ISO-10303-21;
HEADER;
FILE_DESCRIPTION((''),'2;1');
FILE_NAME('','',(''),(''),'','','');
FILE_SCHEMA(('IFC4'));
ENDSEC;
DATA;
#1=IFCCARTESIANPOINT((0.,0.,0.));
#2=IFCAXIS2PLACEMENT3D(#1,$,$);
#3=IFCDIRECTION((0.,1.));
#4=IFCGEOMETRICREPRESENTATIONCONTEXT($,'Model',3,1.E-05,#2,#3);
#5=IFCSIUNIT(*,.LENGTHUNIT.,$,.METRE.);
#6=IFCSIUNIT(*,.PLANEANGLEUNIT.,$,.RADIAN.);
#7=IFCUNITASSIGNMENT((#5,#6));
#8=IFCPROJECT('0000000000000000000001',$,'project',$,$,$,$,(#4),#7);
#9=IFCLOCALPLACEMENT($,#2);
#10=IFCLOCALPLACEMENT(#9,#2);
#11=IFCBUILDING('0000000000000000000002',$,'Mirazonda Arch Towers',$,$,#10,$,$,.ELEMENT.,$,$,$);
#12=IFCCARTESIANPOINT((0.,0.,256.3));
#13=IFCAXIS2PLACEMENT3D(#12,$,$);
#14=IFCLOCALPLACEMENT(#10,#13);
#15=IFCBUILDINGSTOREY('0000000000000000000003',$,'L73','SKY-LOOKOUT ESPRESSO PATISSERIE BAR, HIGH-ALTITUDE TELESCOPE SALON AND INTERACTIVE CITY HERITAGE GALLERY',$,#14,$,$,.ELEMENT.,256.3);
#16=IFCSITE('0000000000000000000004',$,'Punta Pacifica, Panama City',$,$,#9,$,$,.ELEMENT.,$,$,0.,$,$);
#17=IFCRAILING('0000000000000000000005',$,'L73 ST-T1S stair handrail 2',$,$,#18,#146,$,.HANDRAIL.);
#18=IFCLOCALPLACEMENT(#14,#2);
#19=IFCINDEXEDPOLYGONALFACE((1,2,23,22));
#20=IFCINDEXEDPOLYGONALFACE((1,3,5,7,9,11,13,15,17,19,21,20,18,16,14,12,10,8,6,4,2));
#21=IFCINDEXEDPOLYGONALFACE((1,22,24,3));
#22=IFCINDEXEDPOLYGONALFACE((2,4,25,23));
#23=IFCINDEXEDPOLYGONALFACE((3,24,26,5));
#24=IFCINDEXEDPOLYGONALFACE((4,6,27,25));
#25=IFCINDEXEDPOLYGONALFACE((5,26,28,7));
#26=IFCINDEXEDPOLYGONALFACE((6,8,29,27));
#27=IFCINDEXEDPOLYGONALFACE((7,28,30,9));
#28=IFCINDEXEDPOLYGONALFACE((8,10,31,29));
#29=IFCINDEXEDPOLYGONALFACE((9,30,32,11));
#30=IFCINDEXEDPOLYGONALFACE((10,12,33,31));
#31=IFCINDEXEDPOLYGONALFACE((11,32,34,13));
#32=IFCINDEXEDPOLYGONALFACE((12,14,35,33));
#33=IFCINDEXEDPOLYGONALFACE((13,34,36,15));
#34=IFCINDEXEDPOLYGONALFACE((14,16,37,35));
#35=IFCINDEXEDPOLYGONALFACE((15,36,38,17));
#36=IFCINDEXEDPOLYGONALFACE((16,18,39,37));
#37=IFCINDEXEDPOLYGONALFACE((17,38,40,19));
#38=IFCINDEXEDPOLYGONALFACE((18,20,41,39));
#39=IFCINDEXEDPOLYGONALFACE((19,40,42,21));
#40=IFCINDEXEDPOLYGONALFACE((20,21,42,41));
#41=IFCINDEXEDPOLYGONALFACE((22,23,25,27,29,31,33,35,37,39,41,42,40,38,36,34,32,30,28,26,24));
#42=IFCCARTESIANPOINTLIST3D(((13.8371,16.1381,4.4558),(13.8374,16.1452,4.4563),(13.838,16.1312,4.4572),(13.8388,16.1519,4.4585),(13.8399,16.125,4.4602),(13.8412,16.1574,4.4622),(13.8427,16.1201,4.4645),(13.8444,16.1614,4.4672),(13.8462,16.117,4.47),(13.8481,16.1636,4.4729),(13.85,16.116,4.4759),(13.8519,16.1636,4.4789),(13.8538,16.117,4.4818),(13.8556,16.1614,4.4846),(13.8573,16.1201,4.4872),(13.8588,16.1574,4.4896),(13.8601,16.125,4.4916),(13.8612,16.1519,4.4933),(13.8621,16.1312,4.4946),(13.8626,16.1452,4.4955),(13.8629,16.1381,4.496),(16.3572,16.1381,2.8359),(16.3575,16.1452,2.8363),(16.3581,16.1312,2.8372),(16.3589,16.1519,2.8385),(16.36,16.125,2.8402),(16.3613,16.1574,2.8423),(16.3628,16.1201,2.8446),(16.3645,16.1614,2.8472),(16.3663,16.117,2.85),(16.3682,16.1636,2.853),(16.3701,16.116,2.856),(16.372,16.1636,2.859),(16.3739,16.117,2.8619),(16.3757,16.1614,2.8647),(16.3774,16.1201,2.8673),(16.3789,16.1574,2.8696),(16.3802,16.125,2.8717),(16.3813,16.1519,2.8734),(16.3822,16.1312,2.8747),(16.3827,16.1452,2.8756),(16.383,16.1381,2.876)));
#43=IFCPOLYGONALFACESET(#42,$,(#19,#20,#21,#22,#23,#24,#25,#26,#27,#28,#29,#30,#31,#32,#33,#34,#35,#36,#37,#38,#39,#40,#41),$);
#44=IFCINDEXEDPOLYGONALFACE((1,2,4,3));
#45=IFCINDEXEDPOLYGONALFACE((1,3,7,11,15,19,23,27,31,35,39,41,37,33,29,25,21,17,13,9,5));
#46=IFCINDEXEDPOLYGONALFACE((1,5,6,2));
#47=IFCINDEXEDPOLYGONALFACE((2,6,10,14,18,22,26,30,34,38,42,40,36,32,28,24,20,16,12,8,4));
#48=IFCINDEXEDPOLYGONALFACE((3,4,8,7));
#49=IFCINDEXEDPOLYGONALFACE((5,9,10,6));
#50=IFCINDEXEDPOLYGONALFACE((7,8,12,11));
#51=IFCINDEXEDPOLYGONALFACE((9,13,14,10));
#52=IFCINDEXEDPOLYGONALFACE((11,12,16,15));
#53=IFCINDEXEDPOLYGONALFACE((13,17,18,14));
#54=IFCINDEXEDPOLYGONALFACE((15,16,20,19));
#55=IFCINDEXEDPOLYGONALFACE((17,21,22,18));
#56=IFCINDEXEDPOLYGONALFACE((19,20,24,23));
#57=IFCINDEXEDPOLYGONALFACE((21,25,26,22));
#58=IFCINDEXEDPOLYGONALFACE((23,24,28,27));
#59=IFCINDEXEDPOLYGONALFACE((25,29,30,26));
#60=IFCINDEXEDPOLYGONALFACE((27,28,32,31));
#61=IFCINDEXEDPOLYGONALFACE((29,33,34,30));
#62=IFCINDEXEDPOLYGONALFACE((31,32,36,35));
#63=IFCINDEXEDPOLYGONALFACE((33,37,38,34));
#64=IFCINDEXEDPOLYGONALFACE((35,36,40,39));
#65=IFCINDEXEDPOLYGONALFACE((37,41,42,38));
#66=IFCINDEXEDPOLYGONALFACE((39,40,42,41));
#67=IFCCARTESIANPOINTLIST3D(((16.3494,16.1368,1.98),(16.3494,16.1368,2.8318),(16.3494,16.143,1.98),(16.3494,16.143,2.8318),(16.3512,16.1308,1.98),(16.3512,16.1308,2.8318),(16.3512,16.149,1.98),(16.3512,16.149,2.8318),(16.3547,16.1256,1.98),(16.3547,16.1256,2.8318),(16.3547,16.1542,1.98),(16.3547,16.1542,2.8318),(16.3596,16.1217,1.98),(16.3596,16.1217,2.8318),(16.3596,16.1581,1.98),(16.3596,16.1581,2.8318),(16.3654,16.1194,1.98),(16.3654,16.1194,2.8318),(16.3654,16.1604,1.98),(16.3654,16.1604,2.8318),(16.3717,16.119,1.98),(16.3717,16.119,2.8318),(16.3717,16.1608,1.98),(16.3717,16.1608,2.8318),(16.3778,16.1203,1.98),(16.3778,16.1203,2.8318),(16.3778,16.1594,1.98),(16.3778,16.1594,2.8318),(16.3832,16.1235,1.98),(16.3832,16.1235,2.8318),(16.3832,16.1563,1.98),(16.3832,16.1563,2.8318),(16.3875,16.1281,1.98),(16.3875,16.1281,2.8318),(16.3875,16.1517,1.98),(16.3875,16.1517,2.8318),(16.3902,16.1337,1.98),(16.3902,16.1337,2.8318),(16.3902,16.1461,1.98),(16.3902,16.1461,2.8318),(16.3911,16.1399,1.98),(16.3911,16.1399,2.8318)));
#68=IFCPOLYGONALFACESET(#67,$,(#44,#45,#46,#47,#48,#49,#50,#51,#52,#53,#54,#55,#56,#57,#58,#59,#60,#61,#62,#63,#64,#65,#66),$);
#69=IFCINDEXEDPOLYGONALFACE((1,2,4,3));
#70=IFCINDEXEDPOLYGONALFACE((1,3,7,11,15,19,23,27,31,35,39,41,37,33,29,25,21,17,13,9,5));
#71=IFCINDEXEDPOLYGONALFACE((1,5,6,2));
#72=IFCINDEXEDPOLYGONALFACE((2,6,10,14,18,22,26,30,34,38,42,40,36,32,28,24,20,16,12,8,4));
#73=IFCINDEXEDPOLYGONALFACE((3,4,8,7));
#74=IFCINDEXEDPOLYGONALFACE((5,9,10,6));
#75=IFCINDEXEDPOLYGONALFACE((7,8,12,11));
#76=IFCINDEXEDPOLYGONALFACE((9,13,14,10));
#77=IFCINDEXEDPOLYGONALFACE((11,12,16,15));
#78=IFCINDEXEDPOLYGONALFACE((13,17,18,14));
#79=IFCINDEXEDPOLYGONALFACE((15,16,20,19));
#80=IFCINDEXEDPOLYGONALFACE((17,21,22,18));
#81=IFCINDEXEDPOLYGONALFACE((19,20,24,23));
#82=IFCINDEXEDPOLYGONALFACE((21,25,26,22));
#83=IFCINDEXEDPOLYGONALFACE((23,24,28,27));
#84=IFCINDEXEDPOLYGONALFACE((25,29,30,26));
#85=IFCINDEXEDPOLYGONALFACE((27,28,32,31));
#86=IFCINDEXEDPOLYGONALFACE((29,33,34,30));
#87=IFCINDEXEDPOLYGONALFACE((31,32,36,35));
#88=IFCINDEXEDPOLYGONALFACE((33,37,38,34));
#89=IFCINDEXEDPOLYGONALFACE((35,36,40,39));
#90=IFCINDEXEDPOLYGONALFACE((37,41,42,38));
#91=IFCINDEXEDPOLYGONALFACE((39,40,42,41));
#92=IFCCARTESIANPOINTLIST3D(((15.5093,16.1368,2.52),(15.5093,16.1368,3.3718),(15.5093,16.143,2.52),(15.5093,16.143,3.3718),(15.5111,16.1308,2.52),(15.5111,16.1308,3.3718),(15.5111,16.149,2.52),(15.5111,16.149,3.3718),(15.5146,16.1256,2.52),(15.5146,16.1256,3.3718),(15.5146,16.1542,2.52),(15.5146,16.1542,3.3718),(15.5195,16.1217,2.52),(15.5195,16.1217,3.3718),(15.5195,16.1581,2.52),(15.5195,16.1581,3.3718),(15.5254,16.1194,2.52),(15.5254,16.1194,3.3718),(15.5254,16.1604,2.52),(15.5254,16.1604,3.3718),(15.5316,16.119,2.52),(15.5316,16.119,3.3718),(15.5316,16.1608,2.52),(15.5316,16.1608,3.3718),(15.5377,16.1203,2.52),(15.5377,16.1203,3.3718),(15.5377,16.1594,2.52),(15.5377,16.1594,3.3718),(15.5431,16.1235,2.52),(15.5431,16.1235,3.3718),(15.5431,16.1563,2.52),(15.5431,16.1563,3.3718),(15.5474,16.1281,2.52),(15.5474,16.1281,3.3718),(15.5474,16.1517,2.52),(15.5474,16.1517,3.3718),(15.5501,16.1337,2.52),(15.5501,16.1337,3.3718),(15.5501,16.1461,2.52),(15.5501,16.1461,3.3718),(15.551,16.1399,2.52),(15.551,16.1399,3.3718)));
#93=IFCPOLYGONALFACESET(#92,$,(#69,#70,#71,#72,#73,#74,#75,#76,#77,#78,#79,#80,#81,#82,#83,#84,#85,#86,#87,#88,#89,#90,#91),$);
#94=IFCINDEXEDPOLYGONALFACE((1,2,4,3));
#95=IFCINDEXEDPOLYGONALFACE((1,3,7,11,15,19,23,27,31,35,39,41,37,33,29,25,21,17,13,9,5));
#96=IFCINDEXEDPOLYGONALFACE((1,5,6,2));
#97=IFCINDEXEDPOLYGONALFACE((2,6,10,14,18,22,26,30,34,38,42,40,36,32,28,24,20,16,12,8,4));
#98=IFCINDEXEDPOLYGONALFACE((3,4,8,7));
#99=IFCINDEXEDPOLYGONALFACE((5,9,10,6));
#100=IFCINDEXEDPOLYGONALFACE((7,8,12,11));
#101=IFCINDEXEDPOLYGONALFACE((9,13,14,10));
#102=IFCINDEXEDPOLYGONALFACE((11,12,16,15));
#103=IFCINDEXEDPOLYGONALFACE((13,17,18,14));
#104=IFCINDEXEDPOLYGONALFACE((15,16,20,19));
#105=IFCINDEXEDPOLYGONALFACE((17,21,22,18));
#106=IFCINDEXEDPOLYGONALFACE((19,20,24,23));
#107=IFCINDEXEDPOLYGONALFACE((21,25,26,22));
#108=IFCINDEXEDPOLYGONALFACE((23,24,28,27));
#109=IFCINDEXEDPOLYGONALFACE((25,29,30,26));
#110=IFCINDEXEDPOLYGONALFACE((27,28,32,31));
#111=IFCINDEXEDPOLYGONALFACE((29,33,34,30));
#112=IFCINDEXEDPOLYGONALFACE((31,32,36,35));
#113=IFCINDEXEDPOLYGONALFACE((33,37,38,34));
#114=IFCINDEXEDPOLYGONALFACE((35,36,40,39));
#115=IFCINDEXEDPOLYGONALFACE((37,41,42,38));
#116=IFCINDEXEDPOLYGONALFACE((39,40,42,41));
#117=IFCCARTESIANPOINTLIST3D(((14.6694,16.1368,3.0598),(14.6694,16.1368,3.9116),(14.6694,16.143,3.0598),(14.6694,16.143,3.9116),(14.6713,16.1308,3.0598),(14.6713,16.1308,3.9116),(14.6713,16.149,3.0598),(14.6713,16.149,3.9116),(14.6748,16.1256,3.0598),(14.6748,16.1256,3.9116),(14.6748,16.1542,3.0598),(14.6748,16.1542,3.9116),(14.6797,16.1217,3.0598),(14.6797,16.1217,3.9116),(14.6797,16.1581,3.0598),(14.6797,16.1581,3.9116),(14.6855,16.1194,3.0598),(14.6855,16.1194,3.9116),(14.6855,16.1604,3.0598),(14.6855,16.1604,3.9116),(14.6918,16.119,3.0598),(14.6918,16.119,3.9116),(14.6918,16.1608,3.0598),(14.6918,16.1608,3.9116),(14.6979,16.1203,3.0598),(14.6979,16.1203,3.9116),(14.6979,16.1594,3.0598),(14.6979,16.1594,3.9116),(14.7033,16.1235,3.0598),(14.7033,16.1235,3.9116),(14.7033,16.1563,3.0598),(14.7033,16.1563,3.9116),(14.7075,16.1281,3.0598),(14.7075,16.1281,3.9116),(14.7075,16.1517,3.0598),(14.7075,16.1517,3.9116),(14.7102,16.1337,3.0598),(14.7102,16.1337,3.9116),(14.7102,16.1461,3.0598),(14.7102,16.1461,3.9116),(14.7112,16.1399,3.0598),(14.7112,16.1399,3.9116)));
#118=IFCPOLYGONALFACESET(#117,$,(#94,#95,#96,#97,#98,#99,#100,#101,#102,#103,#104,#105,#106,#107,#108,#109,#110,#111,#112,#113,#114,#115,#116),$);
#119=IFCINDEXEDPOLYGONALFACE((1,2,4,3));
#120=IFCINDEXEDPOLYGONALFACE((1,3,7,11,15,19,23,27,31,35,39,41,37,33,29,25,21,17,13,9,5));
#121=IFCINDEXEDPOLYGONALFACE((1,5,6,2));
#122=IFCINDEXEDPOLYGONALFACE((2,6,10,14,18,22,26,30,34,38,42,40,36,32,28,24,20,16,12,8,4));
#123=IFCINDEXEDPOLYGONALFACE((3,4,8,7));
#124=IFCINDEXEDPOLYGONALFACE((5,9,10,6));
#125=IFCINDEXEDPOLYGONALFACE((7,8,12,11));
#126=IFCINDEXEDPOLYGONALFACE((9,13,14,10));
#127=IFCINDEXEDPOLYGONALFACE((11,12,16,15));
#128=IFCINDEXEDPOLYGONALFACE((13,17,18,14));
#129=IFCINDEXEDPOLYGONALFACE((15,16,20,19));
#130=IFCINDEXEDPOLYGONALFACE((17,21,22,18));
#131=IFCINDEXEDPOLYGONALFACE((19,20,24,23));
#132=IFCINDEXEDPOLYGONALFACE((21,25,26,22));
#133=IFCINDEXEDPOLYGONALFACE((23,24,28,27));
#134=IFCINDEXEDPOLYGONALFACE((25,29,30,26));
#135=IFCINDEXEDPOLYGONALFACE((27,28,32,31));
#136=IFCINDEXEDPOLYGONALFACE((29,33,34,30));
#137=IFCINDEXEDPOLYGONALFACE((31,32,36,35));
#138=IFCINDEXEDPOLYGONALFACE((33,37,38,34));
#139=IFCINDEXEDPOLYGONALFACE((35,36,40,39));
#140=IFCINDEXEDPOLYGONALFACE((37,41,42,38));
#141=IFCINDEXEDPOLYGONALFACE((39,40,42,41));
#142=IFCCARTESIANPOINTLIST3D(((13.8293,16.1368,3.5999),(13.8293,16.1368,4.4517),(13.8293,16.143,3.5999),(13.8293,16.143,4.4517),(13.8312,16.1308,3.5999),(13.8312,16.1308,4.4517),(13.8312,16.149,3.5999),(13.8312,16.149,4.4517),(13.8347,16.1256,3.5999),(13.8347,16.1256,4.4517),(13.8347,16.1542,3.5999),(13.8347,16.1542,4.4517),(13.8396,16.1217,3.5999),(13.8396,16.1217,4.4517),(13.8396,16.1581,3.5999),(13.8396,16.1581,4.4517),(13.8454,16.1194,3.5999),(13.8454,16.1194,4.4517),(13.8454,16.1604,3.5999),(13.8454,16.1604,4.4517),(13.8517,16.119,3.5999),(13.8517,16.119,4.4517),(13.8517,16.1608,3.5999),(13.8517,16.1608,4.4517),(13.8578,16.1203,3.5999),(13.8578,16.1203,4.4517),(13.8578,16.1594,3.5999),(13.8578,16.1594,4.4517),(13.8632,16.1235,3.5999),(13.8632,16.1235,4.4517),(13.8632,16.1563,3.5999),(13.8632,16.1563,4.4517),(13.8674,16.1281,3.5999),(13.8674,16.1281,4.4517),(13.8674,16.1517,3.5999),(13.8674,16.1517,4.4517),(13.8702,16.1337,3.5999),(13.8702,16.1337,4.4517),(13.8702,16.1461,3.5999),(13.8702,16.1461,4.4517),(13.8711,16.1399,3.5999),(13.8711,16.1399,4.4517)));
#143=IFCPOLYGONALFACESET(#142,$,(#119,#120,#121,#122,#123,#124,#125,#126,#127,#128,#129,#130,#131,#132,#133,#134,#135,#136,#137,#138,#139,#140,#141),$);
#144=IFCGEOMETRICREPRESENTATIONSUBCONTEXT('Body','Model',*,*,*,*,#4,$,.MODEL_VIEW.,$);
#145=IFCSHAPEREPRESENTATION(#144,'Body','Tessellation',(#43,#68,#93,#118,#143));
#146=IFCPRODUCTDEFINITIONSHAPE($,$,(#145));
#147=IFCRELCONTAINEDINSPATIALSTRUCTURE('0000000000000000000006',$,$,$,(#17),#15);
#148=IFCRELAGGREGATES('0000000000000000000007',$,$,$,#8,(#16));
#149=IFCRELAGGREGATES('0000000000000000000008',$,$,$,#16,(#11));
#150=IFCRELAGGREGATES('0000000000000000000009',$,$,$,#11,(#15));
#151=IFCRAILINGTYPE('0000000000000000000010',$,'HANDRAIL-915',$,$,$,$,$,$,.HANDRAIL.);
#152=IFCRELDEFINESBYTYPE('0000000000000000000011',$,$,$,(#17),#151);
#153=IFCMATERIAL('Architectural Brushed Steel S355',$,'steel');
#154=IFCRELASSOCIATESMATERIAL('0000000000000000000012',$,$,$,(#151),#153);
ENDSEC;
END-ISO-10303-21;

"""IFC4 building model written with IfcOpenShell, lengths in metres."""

from ifc_helpers import new_model, si_unit, direction, frame, origin, origin_2d, place, context, subcontext, project, spatial, circle, extrude, material, type_object, element, save


model = new_model("IFC4")

# Units and contexts
model_context = context("Model", 3, precision=1e-05, world=origin(), true_north=direction((0.0, 1.0)))
body_context = subcontext(model_context, "Body", "Model", "MODEL_VIEW")
ifc_project = project(units=[si_unit("LENGTHUNIT", "METRE"), si_unit("PLANEANGLEUNIT", "RADIAN")], contexts=[model_context])

# Site, building, storey
site_placement = place(None, origin())
site = spatial("IfcSite", under=ifc_project, at=site_placement, Name="Punta Pacifica, Panama City", CompositionType="ELEMENT", RefElevation=0.0)
building_placement = place(site_placement, origin())
building = spatial("IfcBuilding", under=site, at=building_placement, Name="Mirazonda Arch Towers", CompositionType="ELEMENT")
storey_placement = place(building_placement, frame((0.0, 0.0, 256.3)))
storey = spatial("IfcBuildingStorey", under=building, at=storey_placement, Name="L73", Description="SKY-LOOKOUT ESPRESSO PATISSERIE BAR, HIGH-ALTITUDE TELESCOPE SALON AND INTERACTIVE CITY HERITAGE GALLERY", CompositionType="ELEMENT", Elevation=256.3)

# Shared definitions
ifc_material_1 = material(Name="Architectural Brushed Steel S355", Category="steel")

# Railing
railing_type_1 = type_object("IfcRailingType", Name="HANDRAIL-915", PredefinedType="HANDRAIL", material=ifc_material_1)
railing_1_placement = place(storey_placement, frame((16.3701, 16.1399, 1.98)))
element("IfcRailing", 1, at=railing_1_placement, inside=storey, type_object=railing_type_1, Name="L73 ST-T1S stair handrail 2", PredefinedType="HANDRAIL", context=body_context, shape_type="SweptSolid", body=[
    extrude(circle(Radius=0.0239, at=origin_2d()), frame((0.0, 0.0, 0.876), z_axis=(-0.8412, 0.0, 0.540725), x_axis=(0.0, -1.0, 0.0)), (0.0, 0.0, 1.0), 2.9958),
    extrude(circle(Radius=0.021, at=origin_2d()), origin(), (0.0, 0.0, 1.0), 0.8518),
    extrude(circle(Radius=0.021, at=origin_2d()), frame((-0.8401, 0.0, 0.54)), (0.0, 0.0, 1.0), 0.8518),
    extrude(circle(Radius=0.021, at=origin_2d()), frame((-1.6799, 0.0, 1.0798)), (0.0, 0.0, 1.0), 0.8518),
    extrude(circle(Radius=0.021, at=origin_2d()), frame((-2.52, 0.0, 1.6199)), (0.0, 0.0, 1.0), 0.8518),
])

save(model, "model.ifc")
